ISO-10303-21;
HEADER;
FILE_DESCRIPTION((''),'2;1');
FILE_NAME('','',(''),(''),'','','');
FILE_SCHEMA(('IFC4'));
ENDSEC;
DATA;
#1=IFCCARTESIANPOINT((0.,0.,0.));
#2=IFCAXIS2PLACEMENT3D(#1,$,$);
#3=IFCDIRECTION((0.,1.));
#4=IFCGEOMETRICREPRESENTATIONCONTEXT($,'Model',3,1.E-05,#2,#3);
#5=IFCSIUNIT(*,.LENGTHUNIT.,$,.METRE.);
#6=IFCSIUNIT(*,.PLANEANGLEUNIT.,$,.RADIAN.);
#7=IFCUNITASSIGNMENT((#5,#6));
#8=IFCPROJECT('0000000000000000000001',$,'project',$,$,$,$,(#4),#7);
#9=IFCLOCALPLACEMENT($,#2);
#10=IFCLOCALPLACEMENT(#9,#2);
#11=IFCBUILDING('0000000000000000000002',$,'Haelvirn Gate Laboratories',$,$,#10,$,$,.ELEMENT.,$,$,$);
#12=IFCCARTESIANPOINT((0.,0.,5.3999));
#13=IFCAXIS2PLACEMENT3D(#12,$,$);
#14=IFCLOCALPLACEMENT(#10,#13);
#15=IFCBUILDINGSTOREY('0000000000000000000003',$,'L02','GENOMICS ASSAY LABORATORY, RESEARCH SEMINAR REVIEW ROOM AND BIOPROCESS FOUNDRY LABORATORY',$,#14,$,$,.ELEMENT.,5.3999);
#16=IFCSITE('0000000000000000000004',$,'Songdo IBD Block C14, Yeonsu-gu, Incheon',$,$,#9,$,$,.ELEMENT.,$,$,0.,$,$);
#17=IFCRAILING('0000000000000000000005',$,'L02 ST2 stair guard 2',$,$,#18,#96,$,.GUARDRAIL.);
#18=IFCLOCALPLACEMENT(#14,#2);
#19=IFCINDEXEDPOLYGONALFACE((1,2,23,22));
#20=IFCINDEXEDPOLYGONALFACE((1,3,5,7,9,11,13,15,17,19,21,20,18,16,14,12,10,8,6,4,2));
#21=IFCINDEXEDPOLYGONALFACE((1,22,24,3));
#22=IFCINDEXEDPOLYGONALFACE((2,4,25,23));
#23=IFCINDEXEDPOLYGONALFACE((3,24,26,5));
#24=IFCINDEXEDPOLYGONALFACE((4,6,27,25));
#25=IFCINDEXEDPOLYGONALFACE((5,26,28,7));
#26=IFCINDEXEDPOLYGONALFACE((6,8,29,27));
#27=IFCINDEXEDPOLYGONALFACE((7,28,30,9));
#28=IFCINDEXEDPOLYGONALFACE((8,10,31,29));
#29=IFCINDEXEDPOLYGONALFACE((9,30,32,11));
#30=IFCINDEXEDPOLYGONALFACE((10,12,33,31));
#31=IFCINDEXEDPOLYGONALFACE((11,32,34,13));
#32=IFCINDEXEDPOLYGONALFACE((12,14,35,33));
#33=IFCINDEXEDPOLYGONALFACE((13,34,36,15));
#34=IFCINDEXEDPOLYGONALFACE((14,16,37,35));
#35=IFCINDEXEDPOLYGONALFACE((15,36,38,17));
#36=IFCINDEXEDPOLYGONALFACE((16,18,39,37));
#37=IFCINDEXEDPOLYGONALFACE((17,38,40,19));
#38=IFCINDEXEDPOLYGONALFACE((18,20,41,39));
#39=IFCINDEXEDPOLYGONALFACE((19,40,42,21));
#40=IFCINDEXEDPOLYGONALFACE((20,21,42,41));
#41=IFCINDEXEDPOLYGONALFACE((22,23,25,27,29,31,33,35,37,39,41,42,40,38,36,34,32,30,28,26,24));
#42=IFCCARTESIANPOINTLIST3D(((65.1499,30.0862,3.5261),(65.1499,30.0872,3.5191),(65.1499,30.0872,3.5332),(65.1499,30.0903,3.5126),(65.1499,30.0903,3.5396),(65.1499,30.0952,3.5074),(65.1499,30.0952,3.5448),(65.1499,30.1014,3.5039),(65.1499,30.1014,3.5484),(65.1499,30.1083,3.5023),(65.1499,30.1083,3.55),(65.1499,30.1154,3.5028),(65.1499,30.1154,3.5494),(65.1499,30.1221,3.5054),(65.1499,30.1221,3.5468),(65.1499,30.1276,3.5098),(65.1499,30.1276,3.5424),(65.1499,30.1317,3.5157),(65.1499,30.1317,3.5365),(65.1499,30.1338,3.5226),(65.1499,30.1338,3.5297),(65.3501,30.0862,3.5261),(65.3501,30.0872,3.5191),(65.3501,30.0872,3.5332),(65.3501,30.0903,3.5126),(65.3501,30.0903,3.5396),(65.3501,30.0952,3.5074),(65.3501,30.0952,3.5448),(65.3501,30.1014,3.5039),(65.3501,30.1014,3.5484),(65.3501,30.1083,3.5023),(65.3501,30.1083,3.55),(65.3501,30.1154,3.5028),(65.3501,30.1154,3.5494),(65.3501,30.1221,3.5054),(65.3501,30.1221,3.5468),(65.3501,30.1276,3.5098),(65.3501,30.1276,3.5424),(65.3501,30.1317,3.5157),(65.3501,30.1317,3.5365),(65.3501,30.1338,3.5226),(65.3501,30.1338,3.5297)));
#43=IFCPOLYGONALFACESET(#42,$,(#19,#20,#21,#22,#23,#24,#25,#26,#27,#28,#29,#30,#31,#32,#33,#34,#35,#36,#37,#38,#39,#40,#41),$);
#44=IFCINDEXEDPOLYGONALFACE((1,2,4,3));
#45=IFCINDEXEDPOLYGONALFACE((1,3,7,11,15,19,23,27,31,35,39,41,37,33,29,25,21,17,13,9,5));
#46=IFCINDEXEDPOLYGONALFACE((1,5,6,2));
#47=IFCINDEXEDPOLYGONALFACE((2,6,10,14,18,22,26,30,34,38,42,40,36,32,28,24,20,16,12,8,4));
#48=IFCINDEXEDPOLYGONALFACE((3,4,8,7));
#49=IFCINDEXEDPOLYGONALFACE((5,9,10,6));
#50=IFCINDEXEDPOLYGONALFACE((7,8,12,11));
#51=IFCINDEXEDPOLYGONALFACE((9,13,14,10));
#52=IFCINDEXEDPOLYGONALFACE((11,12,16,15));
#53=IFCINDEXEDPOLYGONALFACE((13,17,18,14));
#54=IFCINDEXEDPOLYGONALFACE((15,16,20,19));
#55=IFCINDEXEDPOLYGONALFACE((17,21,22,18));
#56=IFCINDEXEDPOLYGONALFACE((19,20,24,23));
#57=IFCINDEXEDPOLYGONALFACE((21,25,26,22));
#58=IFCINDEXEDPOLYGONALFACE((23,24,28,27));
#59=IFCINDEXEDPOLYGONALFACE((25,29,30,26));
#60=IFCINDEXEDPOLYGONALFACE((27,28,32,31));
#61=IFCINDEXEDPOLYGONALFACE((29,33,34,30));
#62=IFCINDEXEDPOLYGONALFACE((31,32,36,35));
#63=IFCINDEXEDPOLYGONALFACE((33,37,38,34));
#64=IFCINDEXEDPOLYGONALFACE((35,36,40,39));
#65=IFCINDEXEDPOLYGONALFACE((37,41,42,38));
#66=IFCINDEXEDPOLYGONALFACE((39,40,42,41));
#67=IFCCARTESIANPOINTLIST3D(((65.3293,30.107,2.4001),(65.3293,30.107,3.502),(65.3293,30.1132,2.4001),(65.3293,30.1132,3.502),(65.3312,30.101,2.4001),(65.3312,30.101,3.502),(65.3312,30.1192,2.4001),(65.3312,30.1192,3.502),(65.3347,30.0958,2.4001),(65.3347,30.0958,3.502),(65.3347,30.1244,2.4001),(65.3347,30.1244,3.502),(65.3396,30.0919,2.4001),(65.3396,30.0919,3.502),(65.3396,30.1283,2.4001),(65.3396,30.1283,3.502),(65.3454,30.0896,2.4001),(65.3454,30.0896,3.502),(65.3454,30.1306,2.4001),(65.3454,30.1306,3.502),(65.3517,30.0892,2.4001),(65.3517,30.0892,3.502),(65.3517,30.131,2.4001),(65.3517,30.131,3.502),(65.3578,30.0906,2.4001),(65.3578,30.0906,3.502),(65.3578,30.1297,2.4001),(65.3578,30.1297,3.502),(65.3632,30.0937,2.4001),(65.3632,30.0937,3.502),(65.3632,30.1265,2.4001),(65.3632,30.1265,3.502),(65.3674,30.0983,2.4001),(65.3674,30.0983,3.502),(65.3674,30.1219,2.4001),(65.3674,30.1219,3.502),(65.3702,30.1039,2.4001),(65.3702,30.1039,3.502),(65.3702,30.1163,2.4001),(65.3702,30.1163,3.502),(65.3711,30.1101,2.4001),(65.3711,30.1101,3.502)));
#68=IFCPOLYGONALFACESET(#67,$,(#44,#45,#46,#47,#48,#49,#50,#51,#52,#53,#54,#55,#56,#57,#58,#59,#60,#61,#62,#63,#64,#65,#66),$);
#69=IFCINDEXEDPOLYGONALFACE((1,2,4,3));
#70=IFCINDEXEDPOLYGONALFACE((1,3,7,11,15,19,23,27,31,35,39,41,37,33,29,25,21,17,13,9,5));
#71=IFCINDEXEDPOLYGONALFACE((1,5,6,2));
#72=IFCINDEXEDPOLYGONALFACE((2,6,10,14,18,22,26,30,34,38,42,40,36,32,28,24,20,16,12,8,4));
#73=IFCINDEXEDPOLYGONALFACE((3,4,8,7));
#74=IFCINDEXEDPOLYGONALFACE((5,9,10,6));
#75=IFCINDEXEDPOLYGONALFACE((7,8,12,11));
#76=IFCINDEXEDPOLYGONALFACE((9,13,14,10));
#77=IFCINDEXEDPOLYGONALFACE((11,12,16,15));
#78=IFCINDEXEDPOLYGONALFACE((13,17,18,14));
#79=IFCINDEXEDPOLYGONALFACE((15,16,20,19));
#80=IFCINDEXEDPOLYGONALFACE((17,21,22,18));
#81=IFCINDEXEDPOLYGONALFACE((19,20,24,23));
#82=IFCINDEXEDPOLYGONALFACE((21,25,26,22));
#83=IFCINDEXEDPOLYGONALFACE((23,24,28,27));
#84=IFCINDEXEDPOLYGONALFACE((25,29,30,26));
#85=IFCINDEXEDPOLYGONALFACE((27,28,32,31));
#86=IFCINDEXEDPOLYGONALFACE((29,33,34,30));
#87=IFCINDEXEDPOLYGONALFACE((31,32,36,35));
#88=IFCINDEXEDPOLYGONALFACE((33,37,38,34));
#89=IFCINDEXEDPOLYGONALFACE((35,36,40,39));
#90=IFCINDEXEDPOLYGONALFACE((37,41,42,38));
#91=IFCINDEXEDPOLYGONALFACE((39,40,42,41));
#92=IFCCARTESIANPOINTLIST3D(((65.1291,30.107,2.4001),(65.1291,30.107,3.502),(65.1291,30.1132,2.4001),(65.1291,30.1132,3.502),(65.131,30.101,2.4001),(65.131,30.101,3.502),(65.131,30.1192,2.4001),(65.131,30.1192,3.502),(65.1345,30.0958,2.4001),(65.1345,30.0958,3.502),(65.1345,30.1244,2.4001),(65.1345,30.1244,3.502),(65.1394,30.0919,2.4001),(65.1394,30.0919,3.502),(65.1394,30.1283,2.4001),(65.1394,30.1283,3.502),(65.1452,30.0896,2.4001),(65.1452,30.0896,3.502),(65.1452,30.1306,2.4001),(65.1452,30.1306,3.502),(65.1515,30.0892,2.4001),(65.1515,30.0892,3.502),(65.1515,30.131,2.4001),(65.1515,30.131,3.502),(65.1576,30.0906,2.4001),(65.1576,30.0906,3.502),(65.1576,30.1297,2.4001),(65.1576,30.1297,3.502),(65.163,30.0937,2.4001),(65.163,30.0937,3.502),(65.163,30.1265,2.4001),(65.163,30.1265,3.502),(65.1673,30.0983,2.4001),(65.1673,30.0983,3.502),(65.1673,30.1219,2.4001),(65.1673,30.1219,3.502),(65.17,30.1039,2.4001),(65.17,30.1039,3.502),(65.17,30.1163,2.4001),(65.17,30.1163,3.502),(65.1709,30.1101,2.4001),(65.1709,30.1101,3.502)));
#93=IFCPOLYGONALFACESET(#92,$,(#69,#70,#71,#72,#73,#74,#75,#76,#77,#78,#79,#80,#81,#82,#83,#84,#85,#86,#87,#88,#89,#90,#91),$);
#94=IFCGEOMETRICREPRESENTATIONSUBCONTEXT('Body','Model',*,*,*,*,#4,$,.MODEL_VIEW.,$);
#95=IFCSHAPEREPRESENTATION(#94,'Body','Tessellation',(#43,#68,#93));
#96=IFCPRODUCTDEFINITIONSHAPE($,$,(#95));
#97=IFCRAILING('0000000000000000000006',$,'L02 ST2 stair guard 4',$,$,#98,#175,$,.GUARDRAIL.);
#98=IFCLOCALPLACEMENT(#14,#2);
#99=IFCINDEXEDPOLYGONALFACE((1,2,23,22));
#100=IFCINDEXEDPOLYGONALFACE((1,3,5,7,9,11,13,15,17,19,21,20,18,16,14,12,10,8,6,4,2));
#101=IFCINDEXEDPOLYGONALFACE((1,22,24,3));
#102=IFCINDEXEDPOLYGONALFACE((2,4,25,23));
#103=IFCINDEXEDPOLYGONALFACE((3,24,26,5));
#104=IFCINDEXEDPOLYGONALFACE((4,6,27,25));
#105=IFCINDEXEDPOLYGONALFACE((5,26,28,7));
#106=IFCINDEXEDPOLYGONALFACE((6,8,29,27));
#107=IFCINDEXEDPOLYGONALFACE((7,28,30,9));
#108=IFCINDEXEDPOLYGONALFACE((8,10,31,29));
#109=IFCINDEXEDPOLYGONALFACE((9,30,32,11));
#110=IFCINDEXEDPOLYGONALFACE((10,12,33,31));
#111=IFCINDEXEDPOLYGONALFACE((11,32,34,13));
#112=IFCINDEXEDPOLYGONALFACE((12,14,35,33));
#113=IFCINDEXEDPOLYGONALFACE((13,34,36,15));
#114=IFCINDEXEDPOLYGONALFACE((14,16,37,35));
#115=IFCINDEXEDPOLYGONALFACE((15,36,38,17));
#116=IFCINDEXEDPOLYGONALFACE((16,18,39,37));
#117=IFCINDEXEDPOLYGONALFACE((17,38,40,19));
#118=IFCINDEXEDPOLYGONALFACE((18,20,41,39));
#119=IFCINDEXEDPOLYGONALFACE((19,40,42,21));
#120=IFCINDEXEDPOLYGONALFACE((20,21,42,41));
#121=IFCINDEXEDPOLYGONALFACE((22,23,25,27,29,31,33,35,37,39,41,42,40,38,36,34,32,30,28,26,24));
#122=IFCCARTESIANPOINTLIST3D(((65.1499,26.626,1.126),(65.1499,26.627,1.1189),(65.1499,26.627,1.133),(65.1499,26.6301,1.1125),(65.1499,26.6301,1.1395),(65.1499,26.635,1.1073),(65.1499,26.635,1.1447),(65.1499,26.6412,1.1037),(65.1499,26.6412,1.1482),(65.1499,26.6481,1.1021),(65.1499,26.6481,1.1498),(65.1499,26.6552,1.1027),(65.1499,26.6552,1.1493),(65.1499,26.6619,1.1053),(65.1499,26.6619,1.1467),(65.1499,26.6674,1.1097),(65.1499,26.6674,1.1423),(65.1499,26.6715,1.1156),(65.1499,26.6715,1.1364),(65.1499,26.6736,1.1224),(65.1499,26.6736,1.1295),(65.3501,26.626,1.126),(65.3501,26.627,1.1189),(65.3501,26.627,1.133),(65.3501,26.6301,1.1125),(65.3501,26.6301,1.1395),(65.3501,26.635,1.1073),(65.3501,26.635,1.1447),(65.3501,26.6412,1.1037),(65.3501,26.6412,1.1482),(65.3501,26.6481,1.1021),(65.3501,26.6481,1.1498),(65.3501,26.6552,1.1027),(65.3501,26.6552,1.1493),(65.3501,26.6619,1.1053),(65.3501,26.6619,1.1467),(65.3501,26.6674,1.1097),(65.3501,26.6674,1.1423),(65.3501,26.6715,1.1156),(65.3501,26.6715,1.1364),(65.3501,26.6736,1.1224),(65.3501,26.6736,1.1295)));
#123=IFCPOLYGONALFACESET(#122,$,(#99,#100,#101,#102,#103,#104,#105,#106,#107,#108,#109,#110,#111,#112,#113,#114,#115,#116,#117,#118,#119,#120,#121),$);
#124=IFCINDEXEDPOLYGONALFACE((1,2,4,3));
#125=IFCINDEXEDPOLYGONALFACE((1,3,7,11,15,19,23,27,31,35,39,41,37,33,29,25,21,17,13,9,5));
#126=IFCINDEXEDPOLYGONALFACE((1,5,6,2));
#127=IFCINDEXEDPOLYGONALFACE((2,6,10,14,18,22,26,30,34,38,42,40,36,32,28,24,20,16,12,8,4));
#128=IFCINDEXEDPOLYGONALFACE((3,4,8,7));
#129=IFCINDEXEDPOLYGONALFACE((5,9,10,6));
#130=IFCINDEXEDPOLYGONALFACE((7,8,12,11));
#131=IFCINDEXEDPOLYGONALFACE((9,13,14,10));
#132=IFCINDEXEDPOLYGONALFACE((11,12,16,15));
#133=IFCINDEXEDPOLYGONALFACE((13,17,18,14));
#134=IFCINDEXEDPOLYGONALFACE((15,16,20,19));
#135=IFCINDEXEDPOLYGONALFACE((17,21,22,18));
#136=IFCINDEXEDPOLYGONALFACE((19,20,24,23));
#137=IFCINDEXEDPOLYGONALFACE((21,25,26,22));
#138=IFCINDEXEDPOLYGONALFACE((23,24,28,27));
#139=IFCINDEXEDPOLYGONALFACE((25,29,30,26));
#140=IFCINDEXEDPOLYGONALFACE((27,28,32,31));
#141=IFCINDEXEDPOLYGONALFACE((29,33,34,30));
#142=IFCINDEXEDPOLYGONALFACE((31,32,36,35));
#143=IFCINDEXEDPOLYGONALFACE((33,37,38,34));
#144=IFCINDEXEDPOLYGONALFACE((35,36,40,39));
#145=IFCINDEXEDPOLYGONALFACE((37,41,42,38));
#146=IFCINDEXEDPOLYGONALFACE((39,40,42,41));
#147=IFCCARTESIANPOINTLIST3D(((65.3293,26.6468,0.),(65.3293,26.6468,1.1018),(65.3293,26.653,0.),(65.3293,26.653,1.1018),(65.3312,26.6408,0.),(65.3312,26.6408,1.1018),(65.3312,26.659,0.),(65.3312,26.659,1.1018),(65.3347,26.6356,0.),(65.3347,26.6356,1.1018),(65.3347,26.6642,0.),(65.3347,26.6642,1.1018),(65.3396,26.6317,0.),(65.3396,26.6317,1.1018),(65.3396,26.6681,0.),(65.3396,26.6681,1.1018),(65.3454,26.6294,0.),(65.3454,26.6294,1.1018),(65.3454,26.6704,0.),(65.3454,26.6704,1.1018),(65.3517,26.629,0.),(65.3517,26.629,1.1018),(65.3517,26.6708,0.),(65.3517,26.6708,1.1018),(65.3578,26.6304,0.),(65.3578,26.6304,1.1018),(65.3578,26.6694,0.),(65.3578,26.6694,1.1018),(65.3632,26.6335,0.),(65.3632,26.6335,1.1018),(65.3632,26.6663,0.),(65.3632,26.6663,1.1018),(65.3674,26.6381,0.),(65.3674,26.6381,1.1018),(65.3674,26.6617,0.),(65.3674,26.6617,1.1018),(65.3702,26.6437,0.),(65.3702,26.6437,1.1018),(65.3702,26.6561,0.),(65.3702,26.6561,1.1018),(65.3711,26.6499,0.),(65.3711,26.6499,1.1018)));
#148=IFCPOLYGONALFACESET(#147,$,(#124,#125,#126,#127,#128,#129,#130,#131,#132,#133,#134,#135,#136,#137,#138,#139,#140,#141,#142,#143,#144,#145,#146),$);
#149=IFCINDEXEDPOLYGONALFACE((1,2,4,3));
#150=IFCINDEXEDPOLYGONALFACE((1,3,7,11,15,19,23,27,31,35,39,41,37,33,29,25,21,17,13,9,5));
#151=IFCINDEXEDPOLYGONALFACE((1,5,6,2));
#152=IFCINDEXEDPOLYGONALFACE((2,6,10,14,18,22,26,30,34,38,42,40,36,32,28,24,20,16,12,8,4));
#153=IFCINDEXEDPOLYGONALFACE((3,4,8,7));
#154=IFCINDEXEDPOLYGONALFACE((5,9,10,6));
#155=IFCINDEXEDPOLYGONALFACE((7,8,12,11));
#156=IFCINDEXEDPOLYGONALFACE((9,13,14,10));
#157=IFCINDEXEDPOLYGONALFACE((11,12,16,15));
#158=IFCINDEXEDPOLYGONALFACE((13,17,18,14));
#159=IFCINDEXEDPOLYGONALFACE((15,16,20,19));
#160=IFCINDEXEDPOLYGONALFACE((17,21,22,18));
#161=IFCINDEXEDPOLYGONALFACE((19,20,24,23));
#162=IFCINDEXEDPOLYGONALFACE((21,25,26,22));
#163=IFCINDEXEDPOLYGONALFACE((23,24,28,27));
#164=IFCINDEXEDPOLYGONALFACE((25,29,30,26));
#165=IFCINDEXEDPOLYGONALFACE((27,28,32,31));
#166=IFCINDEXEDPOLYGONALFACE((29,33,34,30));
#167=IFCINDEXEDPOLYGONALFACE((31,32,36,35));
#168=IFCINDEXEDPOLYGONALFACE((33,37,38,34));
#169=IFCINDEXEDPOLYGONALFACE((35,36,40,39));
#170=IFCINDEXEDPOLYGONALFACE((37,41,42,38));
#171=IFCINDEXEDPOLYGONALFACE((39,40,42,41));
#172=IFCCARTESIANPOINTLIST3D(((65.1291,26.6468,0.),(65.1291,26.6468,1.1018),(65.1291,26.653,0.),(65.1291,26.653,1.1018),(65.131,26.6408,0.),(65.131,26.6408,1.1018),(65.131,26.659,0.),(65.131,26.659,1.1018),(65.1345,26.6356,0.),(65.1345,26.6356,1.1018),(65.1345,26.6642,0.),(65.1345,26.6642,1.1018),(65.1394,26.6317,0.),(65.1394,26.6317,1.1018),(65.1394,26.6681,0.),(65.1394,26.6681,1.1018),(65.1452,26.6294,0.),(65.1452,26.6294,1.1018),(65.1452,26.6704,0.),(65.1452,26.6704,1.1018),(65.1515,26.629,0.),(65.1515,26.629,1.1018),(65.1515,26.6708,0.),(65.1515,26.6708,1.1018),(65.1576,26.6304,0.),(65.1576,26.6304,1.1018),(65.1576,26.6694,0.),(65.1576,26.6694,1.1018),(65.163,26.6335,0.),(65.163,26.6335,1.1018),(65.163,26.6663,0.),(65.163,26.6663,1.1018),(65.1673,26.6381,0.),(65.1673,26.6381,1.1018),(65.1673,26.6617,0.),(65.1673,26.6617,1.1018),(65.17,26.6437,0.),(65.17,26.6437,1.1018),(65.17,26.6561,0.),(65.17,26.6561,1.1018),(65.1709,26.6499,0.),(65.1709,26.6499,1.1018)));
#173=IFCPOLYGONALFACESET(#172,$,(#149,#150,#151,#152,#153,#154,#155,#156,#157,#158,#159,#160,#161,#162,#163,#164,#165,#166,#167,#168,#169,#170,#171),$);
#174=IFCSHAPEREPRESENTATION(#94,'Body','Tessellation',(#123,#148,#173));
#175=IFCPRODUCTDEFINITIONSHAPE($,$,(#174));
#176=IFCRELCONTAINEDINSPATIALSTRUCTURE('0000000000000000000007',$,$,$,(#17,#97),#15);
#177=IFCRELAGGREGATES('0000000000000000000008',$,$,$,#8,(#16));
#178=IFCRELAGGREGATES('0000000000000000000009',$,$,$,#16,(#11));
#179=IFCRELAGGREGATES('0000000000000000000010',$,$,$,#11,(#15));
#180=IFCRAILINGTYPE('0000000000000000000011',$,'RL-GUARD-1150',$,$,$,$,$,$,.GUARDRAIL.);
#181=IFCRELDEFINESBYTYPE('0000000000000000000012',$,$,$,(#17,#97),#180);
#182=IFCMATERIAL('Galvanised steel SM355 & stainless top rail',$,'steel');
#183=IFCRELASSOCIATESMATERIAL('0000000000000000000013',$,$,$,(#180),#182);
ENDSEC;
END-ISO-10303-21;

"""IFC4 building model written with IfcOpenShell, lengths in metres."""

from ifc_helpers import new_model, si_unit, direction, frame, origin, origin_2d, place, context, subcontext, project, spatial, circle, extrude, source, transform, mapped, material, type_object, element, save


model = new_model("IFC4")

# Units and contexts
model_context = context("Model", 3, precision=1e-05, world=origin(), true_north=direction((0.0, 1.0)))
body_context = subcontext(model_context, "Body", "Model", "MODEL_VIEW")
ifc_project = project(units=[si_unit("LENGTHUNIT", "METRE"), si_unit("PLANEANGLEUNIT", "RADIAN")], contexts=[model_context])

# Site, building, storey
site_placement = place(None, origin())
site = spatial("IfcSite", under=ifc_project, at=site_placement, Name="Songdo IBD Block C14, Yeonsu-gu, Incheon", CompositionType="ELEMENT", RefElevation=0.0)
building_placement = place(site_placement, origin())
building = spatial("IfcBuilding", under=site, at=building_placement, Name="Haelvirn Gate Laboratories", CompositionType="ELEMENT")
storey_placement = place(building_placement, frame((0.0, 0.0, 5.3999)))
storey = spatial("IfcBuildingStorey", under=building, at=storey_placement, Name="L02", Description="GENOMICS ASSAY LABORATORY, RESEARCH SEMINAR REVIEW ROOM AND BIOPROCESS FOUNDRY LABORATORY", CompositionType="ELEMENT", Elevation=5.3999)

# Railings
ifc_material_1 = material(Name="Galvanised steel SM355 & stainless top rail", Category="steel")
railing_type_1 = type_object("IfcRailingType", Name="RL-GUARD-1150", PredefinedType="GUARDRAIL", material=ifc_material_1)
shared_shape_1 = source(origin(), body_context, "Body", "SweptSolid", [
    extrude(circle(Radius=0.0239, at=origin_2d()), frame((0.0, 0.0, 1.126), z_axis=(-1.0, 0.0, 0.0), x_axis=(0.0, -1.0, 0.0)), (0.0, 0.0, 1.0), 0.2002),
    extrude(circle(Radius=0.021, at=origin_2d()), origin(), (0.0, 0.0, 1.0), 1.1018),
    extrude(circle(Radius=0.021, at=origin_2d()), frame((-0.2002, 0.0, 0.0)), (0.0, 0.0, 1.0), 1.1018),
])
for number, where, name in (
    (1, (65.3501, 30.1101, 2.4001), "L02 ST2 stair guard 2"),
    (2, (65.3501, 26.6499, 0.0), "L02 ST2 stair guard 4"),
):
    element("IfcRailing", number, at=place(storey_placement, frame(where)), inside=storey, type_object=railing_type_1, Name=name, PredefinedType="GUARDRAIL", context=body_context, shape_type="MappedRepresentation", body=[
        mapped(shared_shape_1, transform((0.0, 0.0, 0.0), scale=1.0)),
    ])

save(model, "model.ifc")
